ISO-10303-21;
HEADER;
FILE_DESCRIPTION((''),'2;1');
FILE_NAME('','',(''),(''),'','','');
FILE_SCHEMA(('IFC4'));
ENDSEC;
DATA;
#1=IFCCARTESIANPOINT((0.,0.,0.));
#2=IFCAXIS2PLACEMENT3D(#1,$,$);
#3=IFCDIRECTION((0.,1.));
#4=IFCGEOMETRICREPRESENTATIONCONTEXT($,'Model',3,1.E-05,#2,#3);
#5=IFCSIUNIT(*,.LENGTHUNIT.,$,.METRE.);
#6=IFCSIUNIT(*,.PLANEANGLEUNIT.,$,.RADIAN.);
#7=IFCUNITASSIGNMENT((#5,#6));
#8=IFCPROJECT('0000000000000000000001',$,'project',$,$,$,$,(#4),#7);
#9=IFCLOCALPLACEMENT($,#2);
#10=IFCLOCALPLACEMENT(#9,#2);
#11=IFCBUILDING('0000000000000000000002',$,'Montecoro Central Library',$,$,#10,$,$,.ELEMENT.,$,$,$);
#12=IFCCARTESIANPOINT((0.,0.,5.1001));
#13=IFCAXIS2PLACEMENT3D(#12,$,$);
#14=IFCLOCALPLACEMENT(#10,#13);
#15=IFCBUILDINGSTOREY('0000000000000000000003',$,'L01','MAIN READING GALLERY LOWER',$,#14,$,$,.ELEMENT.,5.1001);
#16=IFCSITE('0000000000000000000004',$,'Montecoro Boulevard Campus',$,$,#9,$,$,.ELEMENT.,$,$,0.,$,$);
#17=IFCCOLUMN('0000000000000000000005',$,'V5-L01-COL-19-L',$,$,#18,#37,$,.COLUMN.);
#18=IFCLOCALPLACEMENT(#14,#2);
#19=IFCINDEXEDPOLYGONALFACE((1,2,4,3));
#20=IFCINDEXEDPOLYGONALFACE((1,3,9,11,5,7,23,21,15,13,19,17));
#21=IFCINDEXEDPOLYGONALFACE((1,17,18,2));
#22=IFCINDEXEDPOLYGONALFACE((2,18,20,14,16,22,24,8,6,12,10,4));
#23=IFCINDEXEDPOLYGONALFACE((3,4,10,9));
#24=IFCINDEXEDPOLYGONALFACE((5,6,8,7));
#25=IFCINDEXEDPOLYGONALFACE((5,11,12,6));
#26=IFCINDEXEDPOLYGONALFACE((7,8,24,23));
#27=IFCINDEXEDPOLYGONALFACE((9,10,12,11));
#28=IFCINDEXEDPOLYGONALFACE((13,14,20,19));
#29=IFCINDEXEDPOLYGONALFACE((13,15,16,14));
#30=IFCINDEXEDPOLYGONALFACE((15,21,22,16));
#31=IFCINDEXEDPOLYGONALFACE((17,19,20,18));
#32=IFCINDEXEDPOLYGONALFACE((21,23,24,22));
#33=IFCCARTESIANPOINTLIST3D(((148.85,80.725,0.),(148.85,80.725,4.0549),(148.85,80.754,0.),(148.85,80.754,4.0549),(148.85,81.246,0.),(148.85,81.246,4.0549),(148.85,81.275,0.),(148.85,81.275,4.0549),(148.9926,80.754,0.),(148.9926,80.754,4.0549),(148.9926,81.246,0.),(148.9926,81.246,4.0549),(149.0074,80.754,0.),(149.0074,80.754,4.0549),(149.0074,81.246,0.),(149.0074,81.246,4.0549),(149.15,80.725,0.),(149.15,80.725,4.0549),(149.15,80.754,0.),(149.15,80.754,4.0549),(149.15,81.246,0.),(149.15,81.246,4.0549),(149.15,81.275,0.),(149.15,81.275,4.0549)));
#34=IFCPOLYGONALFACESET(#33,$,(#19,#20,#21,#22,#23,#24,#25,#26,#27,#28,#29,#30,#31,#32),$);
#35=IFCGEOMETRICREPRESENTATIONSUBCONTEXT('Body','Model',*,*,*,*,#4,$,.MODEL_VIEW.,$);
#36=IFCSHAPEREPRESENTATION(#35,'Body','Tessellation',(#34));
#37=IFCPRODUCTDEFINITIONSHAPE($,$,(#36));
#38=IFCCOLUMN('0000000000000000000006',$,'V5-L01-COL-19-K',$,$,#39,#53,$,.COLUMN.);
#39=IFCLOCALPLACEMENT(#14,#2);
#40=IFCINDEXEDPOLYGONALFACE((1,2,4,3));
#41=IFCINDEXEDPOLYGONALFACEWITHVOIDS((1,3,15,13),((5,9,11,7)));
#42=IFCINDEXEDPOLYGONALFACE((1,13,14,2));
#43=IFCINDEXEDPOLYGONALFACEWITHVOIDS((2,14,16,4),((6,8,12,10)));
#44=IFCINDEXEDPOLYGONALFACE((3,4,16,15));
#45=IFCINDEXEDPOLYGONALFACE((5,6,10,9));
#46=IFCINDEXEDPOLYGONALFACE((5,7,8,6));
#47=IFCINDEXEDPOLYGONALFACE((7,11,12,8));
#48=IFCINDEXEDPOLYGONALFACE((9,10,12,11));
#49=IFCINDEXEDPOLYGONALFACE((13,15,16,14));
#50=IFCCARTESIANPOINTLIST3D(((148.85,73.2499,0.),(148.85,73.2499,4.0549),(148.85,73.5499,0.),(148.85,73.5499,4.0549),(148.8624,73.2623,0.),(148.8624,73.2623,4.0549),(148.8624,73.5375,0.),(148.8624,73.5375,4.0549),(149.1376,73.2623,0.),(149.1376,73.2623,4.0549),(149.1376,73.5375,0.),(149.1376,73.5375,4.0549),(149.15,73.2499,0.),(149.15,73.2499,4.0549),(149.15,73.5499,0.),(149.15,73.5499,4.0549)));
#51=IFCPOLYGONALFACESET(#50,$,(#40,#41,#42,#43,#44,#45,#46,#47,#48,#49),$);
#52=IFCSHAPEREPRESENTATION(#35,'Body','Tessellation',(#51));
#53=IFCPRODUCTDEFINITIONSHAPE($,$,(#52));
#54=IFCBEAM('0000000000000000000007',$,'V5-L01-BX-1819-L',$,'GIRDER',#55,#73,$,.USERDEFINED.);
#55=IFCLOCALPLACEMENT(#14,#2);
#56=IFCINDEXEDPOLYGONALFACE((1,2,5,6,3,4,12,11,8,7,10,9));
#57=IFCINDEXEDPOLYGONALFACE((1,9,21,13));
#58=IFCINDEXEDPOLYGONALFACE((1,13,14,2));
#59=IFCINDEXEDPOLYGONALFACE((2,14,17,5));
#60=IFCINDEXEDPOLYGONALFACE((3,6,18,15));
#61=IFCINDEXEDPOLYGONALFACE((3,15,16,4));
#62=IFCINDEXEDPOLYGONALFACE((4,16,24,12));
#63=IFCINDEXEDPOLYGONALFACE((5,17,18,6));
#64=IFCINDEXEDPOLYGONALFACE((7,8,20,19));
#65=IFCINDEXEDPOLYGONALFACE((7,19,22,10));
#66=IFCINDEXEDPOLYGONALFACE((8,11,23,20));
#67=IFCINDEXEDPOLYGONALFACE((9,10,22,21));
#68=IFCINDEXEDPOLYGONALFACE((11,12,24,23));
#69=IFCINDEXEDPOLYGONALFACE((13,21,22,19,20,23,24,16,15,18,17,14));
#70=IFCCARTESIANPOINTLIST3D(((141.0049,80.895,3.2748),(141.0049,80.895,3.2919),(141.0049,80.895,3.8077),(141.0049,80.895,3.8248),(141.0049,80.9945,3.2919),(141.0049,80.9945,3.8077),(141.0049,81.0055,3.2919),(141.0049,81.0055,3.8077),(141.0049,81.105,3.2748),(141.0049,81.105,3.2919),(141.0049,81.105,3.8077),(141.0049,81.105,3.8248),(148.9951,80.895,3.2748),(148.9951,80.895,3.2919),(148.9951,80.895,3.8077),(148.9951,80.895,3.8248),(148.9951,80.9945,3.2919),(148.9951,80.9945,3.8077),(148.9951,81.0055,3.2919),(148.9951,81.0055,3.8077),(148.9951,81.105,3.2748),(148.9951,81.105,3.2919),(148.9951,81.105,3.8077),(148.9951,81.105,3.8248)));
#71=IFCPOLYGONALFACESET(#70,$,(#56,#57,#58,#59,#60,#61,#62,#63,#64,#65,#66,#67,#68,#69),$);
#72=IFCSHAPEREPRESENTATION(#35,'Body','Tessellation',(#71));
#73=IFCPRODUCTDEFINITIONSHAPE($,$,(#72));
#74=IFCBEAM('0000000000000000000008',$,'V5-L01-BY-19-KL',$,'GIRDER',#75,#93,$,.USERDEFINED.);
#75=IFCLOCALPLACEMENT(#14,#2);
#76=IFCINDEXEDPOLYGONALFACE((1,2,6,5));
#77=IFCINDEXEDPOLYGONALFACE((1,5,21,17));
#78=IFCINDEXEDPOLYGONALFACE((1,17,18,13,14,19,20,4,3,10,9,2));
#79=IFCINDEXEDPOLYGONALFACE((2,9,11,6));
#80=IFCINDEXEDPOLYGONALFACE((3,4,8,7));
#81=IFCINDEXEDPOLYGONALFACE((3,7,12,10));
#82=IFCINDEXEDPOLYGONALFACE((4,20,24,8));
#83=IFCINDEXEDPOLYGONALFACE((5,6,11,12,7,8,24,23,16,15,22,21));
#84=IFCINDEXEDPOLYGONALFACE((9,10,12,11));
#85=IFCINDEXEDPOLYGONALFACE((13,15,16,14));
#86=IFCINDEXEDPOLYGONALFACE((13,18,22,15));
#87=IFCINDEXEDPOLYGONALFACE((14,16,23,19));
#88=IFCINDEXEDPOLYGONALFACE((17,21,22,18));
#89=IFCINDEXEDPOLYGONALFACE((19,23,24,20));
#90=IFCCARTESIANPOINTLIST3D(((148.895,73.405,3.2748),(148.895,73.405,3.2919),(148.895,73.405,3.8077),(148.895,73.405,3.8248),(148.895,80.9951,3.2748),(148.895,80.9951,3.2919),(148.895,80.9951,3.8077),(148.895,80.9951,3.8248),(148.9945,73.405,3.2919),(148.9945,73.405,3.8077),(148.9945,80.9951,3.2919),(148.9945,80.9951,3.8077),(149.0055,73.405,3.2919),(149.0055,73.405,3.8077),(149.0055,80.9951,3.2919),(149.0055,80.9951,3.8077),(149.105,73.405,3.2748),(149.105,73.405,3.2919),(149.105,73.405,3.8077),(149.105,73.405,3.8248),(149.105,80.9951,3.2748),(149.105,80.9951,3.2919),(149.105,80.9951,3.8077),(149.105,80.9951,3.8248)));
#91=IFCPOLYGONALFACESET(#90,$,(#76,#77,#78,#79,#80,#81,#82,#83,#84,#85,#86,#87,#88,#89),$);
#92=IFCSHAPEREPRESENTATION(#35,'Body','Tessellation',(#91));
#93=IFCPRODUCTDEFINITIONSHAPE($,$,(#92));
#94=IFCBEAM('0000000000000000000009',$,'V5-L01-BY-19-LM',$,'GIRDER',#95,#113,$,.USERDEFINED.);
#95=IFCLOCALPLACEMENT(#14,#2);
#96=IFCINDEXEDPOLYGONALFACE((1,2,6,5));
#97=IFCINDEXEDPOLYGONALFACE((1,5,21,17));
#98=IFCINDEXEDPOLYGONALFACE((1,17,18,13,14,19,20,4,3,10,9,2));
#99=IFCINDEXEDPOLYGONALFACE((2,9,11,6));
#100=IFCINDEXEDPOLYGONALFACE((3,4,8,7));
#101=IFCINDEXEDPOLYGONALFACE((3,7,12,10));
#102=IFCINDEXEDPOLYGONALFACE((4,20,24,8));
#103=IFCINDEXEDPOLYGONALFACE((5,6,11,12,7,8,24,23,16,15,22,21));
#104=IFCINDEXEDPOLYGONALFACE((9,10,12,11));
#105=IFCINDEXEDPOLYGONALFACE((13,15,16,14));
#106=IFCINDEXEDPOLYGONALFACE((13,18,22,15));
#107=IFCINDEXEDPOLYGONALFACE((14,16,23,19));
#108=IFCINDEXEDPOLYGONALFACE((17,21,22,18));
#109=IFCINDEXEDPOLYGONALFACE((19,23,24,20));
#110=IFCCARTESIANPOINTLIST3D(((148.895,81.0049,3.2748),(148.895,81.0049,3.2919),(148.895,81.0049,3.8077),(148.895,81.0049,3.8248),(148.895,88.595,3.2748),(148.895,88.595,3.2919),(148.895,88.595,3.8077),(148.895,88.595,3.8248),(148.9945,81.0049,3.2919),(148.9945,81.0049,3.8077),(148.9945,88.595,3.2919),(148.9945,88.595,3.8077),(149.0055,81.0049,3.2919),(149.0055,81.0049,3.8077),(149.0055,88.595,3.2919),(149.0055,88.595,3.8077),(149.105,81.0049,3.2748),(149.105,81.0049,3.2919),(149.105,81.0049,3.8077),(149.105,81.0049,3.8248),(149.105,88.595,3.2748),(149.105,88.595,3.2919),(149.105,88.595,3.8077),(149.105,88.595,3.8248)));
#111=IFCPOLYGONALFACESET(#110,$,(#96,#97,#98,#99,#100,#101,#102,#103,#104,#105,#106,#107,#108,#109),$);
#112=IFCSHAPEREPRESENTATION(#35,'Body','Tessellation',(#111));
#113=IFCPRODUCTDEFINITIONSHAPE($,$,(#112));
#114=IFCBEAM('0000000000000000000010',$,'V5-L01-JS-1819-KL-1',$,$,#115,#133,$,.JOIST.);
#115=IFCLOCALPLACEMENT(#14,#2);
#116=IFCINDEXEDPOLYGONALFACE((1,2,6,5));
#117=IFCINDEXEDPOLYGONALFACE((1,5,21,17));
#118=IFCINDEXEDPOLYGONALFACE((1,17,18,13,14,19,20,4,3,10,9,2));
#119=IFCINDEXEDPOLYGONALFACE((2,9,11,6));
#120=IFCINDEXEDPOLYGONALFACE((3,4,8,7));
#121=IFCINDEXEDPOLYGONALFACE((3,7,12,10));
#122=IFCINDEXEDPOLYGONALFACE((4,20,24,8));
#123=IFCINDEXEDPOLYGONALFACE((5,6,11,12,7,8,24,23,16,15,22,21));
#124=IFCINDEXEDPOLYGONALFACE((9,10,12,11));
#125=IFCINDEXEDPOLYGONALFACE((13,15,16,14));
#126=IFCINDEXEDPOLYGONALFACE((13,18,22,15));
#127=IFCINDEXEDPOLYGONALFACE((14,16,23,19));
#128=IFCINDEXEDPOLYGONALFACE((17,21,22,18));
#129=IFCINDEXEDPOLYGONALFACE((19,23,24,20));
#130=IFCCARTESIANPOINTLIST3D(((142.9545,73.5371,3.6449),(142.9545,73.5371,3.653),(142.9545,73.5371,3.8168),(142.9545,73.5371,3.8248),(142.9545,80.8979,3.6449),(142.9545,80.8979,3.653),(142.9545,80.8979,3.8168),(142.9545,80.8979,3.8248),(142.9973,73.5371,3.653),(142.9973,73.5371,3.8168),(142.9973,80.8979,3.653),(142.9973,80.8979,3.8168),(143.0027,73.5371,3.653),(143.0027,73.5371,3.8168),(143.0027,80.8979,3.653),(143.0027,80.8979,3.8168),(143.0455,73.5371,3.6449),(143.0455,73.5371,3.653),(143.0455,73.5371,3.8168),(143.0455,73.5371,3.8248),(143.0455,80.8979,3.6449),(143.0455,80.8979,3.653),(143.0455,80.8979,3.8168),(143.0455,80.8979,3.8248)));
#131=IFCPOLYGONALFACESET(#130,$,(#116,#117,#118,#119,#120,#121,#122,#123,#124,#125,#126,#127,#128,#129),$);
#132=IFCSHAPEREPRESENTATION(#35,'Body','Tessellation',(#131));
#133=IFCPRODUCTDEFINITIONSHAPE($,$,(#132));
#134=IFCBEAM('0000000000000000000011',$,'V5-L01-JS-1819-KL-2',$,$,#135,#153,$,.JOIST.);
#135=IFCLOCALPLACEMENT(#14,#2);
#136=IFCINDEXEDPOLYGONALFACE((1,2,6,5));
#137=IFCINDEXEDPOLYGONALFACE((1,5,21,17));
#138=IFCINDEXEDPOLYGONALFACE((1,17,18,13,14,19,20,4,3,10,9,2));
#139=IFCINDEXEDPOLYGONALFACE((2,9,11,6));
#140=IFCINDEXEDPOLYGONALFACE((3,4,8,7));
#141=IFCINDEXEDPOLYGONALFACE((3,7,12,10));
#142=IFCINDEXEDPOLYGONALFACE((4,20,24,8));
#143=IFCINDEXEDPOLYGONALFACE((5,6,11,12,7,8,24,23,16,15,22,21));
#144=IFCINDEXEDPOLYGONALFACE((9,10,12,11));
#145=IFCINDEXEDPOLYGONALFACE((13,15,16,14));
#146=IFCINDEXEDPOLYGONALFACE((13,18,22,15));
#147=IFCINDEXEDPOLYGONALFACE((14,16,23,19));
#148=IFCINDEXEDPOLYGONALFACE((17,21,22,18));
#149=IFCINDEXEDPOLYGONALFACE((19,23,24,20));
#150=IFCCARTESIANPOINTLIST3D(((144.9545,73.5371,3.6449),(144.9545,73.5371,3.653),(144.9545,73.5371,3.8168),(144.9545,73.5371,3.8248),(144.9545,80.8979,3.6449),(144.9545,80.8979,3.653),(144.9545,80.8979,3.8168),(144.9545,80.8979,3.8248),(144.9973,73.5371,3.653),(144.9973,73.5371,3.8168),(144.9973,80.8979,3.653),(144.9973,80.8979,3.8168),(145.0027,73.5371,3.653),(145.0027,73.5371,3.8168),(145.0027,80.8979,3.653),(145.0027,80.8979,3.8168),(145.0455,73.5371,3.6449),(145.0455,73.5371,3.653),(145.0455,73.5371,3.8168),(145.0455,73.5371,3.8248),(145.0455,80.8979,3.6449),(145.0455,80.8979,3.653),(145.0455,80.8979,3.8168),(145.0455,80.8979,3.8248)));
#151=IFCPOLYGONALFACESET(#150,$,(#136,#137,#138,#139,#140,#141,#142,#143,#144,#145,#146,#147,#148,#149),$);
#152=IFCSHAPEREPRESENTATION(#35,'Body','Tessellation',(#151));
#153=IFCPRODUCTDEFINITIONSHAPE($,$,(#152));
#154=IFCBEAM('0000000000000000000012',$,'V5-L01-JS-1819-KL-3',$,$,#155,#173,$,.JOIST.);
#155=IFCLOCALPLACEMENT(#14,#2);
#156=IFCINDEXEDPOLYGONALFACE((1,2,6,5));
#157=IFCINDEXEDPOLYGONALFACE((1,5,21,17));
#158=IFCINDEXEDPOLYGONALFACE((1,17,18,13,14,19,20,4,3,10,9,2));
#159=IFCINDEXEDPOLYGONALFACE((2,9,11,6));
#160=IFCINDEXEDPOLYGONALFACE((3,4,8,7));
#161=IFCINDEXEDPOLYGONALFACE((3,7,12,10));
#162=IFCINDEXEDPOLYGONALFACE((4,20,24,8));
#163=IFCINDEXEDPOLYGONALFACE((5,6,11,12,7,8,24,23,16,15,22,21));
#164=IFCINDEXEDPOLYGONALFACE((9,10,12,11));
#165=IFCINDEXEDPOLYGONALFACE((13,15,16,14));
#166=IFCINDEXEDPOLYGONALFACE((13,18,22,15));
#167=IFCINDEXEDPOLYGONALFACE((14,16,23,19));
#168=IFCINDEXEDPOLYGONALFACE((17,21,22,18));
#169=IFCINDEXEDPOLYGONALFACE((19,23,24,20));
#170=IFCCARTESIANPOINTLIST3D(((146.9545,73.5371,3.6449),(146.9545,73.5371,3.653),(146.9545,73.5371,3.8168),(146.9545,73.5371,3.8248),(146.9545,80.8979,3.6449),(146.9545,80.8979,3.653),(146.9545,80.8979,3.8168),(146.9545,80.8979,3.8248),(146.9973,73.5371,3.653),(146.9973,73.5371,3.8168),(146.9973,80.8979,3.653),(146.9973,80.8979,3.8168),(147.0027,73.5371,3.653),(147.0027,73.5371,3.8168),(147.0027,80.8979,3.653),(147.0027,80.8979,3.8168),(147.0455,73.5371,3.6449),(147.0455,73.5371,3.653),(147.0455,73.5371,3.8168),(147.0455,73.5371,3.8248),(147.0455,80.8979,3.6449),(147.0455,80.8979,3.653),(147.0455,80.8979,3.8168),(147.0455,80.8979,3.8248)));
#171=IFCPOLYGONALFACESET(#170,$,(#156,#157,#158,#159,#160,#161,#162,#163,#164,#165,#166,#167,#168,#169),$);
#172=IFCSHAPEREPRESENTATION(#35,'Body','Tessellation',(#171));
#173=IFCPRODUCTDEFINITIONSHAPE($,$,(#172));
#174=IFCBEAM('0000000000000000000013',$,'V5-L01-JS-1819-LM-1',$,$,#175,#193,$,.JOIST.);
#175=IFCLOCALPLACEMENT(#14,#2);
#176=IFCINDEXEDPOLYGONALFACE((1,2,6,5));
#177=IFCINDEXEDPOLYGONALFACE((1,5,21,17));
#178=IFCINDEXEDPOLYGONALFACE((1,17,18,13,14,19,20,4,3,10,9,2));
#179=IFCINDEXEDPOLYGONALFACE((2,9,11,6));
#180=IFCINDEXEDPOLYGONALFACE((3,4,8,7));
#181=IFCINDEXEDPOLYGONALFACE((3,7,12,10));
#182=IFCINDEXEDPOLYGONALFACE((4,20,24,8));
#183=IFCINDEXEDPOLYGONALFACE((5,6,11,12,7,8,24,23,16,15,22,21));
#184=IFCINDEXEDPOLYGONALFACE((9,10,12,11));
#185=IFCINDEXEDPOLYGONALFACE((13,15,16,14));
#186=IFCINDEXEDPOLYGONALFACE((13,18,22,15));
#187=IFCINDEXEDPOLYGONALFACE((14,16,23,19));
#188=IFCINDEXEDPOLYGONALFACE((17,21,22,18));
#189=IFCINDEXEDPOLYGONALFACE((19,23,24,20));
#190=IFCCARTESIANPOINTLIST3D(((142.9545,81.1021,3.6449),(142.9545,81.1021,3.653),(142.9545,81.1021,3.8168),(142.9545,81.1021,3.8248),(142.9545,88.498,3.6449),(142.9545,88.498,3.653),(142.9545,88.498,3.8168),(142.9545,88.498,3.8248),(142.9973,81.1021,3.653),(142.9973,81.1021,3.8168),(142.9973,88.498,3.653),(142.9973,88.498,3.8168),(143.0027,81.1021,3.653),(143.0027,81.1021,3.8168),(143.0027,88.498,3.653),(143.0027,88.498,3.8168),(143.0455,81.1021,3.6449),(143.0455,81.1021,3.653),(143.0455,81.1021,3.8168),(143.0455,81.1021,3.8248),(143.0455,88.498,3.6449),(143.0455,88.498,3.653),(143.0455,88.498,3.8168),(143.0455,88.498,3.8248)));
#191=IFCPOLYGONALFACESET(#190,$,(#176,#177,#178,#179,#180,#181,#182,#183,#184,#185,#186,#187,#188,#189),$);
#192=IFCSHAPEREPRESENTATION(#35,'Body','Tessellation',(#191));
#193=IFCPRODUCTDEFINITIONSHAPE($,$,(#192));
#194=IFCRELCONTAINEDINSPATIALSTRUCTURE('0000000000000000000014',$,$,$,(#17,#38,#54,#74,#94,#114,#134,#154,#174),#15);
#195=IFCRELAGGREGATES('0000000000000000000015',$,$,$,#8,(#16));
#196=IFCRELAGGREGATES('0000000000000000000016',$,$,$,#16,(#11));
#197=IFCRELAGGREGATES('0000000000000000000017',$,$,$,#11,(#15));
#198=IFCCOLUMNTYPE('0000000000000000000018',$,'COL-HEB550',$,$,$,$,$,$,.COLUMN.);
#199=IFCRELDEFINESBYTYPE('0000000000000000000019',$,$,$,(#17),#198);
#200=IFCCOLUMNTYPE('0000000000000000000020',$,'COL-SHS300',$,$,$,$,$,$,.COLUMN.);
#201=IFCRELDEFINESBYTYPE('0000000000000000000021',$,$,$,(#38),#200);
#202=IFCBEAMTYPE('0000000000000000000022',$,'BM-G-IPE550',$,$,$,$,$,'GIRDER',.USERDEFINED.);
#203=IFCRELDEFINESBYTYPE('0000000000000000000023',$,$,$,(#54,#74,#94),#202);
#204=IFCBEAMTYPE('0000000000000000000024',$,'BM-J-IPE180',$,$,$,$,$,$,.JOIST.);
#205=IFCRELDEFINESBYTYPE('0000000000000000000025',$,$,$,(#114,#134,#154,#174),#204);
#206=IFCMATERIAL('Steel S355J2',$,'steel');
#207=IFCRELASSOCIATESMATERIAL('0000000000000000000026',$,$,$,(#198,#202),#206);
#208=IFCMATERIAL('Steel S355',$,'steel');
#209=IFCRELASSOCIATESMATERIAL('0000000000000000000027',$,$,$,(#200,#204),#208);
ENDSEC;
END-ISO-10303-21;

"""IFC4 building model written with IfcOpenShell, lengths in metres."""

from ifc_helpers import new_model, si_unit, direction, frame, origin, origin_2d, place, context, subcontext, project, spatial, hollow_rectangle, i_section, extrude, material, material_profile, profile_set, type_object, element, save


model = new_model("IFC4")

# Units and contexts
model_context = context("Model", 3, precision=1e-05, world=origin(), true_north=direction((0.0, 1.0)))
body_context = subcontext(model_context, "Body", "Model", "MODEL_VIEW")
ifc_project = project(units=[si_unit("LENGTHUNIT", "METRE"), si_unit("PLANEANGLEUNIT", "RADIAN")], contexts=[model_context])

# Site, building, storey
site_placement = place(None, origin())
site = spatial("IfcSite", under=ifc_project, at=site_placement, Name="Montecoro Boulevard Campus", CompositionType="ELEMENT", RefElevation=0.0)
building_placement = place(site_placement, origin())
building = spatial("IfcBuilding", under=site, at=building_placement, Name="Montecoro Central Library", CompositionType="ELEMENT")
storey_placement = place(building_placement, frame((0.0, 0.0, 5.1001)))
storey = spatial("IfcBuildingStorey", under=building, at=storey_placement, Name="L01", Description="MAIN READING GALLERY LOWER", CompositionType="ELEMENT", Elevation=5.1001)

# Columns
ifc_material_1 = material(Name="Steel S355J2", Category="steel")
ifc_material_profile_1 = material_profile(ifc_material_1, i_section(OverallWidth=0.3, OverallDepth=0.55, WebThickness=0.0149, FlangeThickness=0.0291, at=origin_2d()), Name="HEB 550")
ifc_profile_set_1 = profile_set([ifc_material_profile_1], Name="Steel S355J2")
column_type_1 = type_object("IfcColumnType", Name="COL-HEB550", PredefinedType="COLUMN", material=ifc_profile_set_1)
column_1_placement = place(storey_placement, frame((149.0, 81.0, 0.0), z_axis=(0.0, 0.0, 1.0), x_axis=(1.0, 0.0, 0.0)))
element("IfcColumn", 1, at=column_1_placement, inside=storey, type_object=column_type_1, Name="V5-L01-COL-19-L", PredefinedType="COLUMN", context=body_context, shape_type="SweptSolid", body=[
    extrude(i_section(OverallWidth=0.3, OverallDepth=0.55, WebThickness=0.0149, FlangeThickness=0.0291, at=origin_2d()), origin(), (0.0, 0.0, 1.0), 4.0549),
])
ifc_material_2 = material(Name="Steel S355", Category="steel")
ifc_material_profile_2 = material_profile(ifc_material_2, hollow_rectangle(XDim=0.3, YDim=0.3, WallThickness=0.0125, at=origin_2d()), Name="SHS 300x300x12.5")
ifc_profile_set_2 = profile_set([ifc_material_profile_2], Name="Steel S355")
column_type_2 = type_object("IfcColumnType", Name="COL-SHS300", PredefinedType="COLUMN", material=ifc_profile_set_2)
column_2_placement = place(storey_placement, frame((149.0, 73.3999, 0.0), z_axis=(0.0, 0.0, 1.0), x_axis=(1.0, 0.0, 0.0)))
element("IfcColumn", 2, at=column_2_placement, inside=storey, type_object=column_type_2, Name="V5-L01-COL-19-K", PredefinedType="COLUMN", context=body_context, shape_type="SweptSolid", body=[
    extrude(hollow_rectangle(XDim=0.3, YDim=0.3, WallThickness=0.0125, at=origin_2d()), origin(), (0.0, 0.0, 1.0), 4.0549),
])

# Beams
ifc_material_profile_3 = material_profile(ifc_material_1, i_section(OverallWidth=0.21, OverallDepth=0.55, WebThickness=0.011, FlangeThickness=0.0171, at=origin_2d()), Name="IPE 550")
ifc_profile_set_3 = profile_set([ifc_material_profile_3], Name="Steel S355J2")
beam_type_1 = type_object("IfcBeamType", Name="BM-G-IPE550", ElementType="GIRDER", PredefinedType="USERDEFINED", material=ifc_profile_set_3)
beam_1_placement = place(storey_placement, frame((141.0049, 81.0, 3.5498), z_axis=(1.0, 0.0, 0.0), x_axis=(0.0, 1.0, 0.0)))
element("IfcBeam", 3, at=beam_1_placement, inside=storey, type_object=beam_type_1, Name="V5-L01-BX-1819-L", ObjectType="GIRDER", PredefinedType="USERDEFINED", context=body_context, shape_type="SweptSolid", body=[
    extrude(i_section(OverallWidth=0.21, OverallDepth=0.55, WebThickness=0.011, FlangeThickness=0.0171, at=origin_2d()), origin(), (0.0, 0.0, 1.0), 7.9902),
])
for number, where, z_axis, x_axis, name in (
    (4, (149.0, 73.405, 3.5498), (0.0, 1.0, 0.0), (-1.0, 0.0, 0.0), "V5-L01-BY-19-KL"),
    (5, (149.0, 81.0049, 3.5498), (0.0, 1.0, 0.0), (-1.0, 0.0, 0.0), "V5-L01-BY-19-LM"),
):
    element("IfcBeam", number, at=place(storey_placement, frame(where, z_axis=z_axis, x_axis=x_axis)), inside=storey, type_object=beam_type_1, Name=name, ObjectType="GIRDER", PredefinedType="USERDEFINED", context=body_context, shape_type="SweptSolid", body=[
        extrude(i_section(OverallWidth=0.21, OverallDepth=0.55, WebThickness=0.011, FlangeThickness=0.0171, at=origin_2d()), origin(), (0.0, 0.0, 1.0), 7.5901),
    ])
ifc_material_profile_4 = material_profile(ifc_material_2, i_section(OverallWidth=0.0911, OverallDepth=0.1799, WebThickness=0.0054, FlangeThickness=0.0081, at=origin_2d()), Name="IPE 180")
ifc_profile_set_4 = profile_set([ifc_material_profile_4], Name="Steel S355")
beam_type_2 = type_object("IfcBeamType", Name="BM-J-IPE180", PredefinedType="JOIST", material=ifc_profile_set_4)
for number, where, z_axis, x_axis, name in (
    (6, (143.0, 73.5371, 3.7349), (0.0, 1.0, 0.0), (-1.0, 0.0, 0.0), "V5-L01-JS-1819-KL-1"),
    (7, (145.0, 73.5371, 3.7349), (0.0, 1.0, 0.0), (-1.0, 0.0, 0.0), "V5-L01-JS-1819-KL-2"),
    (8, (147.0, 73.5371, 3.7349), (0.0, 1.0, 0.0), (-1.0, 0.0, 0.0), "V5-L01-JS-1819-KL-3"),
):
    element("IfcBeam", number, at=place(storey_placement, frame(where, z_axis=z_axis, x_axis=x_axis)), inside=storey, type_object=beam_type_2, Name=name, PredefinedType="JOIST", context=body_context, shape_type="SweptSolid", body=[
        extrude(i_section(OverallWidth=0.0911, OverallDepth=0.1799, WebThickness=0.0054, FlangeThickness=0.0081, at=origin_2d()), origin(), (0.0, 0.0, 1.0), 7.3608),
    ])
for number, where, z_axis, x_axis, name in (
    (9, (143.0, 81.1021, 3.7349), (0.0, 1.0, 0.0), (-1.0, 0.0, 0.0), "V5-L01-JS-1819-LM-1"),
):
    element("IfcBeam", number, at=place(storey_placement, frame(where, z_axis=z_axis, x_axis=x_axis)), inside=storey, type_object=beam_type_2, Name=name, PredefinedType="JOIST", context=body_context, shape_type="SweptSolid", body=[
        extrude(i_section(OverallWidth=0.0911, OverallDepth=0.1799, WebThickness=0.0054, FlangeThickness=0.0081, at=origin_2d()), origin(), (0.0, 0.0, 1.0), 7.396),
    ])

save(model, "model.ifc")
